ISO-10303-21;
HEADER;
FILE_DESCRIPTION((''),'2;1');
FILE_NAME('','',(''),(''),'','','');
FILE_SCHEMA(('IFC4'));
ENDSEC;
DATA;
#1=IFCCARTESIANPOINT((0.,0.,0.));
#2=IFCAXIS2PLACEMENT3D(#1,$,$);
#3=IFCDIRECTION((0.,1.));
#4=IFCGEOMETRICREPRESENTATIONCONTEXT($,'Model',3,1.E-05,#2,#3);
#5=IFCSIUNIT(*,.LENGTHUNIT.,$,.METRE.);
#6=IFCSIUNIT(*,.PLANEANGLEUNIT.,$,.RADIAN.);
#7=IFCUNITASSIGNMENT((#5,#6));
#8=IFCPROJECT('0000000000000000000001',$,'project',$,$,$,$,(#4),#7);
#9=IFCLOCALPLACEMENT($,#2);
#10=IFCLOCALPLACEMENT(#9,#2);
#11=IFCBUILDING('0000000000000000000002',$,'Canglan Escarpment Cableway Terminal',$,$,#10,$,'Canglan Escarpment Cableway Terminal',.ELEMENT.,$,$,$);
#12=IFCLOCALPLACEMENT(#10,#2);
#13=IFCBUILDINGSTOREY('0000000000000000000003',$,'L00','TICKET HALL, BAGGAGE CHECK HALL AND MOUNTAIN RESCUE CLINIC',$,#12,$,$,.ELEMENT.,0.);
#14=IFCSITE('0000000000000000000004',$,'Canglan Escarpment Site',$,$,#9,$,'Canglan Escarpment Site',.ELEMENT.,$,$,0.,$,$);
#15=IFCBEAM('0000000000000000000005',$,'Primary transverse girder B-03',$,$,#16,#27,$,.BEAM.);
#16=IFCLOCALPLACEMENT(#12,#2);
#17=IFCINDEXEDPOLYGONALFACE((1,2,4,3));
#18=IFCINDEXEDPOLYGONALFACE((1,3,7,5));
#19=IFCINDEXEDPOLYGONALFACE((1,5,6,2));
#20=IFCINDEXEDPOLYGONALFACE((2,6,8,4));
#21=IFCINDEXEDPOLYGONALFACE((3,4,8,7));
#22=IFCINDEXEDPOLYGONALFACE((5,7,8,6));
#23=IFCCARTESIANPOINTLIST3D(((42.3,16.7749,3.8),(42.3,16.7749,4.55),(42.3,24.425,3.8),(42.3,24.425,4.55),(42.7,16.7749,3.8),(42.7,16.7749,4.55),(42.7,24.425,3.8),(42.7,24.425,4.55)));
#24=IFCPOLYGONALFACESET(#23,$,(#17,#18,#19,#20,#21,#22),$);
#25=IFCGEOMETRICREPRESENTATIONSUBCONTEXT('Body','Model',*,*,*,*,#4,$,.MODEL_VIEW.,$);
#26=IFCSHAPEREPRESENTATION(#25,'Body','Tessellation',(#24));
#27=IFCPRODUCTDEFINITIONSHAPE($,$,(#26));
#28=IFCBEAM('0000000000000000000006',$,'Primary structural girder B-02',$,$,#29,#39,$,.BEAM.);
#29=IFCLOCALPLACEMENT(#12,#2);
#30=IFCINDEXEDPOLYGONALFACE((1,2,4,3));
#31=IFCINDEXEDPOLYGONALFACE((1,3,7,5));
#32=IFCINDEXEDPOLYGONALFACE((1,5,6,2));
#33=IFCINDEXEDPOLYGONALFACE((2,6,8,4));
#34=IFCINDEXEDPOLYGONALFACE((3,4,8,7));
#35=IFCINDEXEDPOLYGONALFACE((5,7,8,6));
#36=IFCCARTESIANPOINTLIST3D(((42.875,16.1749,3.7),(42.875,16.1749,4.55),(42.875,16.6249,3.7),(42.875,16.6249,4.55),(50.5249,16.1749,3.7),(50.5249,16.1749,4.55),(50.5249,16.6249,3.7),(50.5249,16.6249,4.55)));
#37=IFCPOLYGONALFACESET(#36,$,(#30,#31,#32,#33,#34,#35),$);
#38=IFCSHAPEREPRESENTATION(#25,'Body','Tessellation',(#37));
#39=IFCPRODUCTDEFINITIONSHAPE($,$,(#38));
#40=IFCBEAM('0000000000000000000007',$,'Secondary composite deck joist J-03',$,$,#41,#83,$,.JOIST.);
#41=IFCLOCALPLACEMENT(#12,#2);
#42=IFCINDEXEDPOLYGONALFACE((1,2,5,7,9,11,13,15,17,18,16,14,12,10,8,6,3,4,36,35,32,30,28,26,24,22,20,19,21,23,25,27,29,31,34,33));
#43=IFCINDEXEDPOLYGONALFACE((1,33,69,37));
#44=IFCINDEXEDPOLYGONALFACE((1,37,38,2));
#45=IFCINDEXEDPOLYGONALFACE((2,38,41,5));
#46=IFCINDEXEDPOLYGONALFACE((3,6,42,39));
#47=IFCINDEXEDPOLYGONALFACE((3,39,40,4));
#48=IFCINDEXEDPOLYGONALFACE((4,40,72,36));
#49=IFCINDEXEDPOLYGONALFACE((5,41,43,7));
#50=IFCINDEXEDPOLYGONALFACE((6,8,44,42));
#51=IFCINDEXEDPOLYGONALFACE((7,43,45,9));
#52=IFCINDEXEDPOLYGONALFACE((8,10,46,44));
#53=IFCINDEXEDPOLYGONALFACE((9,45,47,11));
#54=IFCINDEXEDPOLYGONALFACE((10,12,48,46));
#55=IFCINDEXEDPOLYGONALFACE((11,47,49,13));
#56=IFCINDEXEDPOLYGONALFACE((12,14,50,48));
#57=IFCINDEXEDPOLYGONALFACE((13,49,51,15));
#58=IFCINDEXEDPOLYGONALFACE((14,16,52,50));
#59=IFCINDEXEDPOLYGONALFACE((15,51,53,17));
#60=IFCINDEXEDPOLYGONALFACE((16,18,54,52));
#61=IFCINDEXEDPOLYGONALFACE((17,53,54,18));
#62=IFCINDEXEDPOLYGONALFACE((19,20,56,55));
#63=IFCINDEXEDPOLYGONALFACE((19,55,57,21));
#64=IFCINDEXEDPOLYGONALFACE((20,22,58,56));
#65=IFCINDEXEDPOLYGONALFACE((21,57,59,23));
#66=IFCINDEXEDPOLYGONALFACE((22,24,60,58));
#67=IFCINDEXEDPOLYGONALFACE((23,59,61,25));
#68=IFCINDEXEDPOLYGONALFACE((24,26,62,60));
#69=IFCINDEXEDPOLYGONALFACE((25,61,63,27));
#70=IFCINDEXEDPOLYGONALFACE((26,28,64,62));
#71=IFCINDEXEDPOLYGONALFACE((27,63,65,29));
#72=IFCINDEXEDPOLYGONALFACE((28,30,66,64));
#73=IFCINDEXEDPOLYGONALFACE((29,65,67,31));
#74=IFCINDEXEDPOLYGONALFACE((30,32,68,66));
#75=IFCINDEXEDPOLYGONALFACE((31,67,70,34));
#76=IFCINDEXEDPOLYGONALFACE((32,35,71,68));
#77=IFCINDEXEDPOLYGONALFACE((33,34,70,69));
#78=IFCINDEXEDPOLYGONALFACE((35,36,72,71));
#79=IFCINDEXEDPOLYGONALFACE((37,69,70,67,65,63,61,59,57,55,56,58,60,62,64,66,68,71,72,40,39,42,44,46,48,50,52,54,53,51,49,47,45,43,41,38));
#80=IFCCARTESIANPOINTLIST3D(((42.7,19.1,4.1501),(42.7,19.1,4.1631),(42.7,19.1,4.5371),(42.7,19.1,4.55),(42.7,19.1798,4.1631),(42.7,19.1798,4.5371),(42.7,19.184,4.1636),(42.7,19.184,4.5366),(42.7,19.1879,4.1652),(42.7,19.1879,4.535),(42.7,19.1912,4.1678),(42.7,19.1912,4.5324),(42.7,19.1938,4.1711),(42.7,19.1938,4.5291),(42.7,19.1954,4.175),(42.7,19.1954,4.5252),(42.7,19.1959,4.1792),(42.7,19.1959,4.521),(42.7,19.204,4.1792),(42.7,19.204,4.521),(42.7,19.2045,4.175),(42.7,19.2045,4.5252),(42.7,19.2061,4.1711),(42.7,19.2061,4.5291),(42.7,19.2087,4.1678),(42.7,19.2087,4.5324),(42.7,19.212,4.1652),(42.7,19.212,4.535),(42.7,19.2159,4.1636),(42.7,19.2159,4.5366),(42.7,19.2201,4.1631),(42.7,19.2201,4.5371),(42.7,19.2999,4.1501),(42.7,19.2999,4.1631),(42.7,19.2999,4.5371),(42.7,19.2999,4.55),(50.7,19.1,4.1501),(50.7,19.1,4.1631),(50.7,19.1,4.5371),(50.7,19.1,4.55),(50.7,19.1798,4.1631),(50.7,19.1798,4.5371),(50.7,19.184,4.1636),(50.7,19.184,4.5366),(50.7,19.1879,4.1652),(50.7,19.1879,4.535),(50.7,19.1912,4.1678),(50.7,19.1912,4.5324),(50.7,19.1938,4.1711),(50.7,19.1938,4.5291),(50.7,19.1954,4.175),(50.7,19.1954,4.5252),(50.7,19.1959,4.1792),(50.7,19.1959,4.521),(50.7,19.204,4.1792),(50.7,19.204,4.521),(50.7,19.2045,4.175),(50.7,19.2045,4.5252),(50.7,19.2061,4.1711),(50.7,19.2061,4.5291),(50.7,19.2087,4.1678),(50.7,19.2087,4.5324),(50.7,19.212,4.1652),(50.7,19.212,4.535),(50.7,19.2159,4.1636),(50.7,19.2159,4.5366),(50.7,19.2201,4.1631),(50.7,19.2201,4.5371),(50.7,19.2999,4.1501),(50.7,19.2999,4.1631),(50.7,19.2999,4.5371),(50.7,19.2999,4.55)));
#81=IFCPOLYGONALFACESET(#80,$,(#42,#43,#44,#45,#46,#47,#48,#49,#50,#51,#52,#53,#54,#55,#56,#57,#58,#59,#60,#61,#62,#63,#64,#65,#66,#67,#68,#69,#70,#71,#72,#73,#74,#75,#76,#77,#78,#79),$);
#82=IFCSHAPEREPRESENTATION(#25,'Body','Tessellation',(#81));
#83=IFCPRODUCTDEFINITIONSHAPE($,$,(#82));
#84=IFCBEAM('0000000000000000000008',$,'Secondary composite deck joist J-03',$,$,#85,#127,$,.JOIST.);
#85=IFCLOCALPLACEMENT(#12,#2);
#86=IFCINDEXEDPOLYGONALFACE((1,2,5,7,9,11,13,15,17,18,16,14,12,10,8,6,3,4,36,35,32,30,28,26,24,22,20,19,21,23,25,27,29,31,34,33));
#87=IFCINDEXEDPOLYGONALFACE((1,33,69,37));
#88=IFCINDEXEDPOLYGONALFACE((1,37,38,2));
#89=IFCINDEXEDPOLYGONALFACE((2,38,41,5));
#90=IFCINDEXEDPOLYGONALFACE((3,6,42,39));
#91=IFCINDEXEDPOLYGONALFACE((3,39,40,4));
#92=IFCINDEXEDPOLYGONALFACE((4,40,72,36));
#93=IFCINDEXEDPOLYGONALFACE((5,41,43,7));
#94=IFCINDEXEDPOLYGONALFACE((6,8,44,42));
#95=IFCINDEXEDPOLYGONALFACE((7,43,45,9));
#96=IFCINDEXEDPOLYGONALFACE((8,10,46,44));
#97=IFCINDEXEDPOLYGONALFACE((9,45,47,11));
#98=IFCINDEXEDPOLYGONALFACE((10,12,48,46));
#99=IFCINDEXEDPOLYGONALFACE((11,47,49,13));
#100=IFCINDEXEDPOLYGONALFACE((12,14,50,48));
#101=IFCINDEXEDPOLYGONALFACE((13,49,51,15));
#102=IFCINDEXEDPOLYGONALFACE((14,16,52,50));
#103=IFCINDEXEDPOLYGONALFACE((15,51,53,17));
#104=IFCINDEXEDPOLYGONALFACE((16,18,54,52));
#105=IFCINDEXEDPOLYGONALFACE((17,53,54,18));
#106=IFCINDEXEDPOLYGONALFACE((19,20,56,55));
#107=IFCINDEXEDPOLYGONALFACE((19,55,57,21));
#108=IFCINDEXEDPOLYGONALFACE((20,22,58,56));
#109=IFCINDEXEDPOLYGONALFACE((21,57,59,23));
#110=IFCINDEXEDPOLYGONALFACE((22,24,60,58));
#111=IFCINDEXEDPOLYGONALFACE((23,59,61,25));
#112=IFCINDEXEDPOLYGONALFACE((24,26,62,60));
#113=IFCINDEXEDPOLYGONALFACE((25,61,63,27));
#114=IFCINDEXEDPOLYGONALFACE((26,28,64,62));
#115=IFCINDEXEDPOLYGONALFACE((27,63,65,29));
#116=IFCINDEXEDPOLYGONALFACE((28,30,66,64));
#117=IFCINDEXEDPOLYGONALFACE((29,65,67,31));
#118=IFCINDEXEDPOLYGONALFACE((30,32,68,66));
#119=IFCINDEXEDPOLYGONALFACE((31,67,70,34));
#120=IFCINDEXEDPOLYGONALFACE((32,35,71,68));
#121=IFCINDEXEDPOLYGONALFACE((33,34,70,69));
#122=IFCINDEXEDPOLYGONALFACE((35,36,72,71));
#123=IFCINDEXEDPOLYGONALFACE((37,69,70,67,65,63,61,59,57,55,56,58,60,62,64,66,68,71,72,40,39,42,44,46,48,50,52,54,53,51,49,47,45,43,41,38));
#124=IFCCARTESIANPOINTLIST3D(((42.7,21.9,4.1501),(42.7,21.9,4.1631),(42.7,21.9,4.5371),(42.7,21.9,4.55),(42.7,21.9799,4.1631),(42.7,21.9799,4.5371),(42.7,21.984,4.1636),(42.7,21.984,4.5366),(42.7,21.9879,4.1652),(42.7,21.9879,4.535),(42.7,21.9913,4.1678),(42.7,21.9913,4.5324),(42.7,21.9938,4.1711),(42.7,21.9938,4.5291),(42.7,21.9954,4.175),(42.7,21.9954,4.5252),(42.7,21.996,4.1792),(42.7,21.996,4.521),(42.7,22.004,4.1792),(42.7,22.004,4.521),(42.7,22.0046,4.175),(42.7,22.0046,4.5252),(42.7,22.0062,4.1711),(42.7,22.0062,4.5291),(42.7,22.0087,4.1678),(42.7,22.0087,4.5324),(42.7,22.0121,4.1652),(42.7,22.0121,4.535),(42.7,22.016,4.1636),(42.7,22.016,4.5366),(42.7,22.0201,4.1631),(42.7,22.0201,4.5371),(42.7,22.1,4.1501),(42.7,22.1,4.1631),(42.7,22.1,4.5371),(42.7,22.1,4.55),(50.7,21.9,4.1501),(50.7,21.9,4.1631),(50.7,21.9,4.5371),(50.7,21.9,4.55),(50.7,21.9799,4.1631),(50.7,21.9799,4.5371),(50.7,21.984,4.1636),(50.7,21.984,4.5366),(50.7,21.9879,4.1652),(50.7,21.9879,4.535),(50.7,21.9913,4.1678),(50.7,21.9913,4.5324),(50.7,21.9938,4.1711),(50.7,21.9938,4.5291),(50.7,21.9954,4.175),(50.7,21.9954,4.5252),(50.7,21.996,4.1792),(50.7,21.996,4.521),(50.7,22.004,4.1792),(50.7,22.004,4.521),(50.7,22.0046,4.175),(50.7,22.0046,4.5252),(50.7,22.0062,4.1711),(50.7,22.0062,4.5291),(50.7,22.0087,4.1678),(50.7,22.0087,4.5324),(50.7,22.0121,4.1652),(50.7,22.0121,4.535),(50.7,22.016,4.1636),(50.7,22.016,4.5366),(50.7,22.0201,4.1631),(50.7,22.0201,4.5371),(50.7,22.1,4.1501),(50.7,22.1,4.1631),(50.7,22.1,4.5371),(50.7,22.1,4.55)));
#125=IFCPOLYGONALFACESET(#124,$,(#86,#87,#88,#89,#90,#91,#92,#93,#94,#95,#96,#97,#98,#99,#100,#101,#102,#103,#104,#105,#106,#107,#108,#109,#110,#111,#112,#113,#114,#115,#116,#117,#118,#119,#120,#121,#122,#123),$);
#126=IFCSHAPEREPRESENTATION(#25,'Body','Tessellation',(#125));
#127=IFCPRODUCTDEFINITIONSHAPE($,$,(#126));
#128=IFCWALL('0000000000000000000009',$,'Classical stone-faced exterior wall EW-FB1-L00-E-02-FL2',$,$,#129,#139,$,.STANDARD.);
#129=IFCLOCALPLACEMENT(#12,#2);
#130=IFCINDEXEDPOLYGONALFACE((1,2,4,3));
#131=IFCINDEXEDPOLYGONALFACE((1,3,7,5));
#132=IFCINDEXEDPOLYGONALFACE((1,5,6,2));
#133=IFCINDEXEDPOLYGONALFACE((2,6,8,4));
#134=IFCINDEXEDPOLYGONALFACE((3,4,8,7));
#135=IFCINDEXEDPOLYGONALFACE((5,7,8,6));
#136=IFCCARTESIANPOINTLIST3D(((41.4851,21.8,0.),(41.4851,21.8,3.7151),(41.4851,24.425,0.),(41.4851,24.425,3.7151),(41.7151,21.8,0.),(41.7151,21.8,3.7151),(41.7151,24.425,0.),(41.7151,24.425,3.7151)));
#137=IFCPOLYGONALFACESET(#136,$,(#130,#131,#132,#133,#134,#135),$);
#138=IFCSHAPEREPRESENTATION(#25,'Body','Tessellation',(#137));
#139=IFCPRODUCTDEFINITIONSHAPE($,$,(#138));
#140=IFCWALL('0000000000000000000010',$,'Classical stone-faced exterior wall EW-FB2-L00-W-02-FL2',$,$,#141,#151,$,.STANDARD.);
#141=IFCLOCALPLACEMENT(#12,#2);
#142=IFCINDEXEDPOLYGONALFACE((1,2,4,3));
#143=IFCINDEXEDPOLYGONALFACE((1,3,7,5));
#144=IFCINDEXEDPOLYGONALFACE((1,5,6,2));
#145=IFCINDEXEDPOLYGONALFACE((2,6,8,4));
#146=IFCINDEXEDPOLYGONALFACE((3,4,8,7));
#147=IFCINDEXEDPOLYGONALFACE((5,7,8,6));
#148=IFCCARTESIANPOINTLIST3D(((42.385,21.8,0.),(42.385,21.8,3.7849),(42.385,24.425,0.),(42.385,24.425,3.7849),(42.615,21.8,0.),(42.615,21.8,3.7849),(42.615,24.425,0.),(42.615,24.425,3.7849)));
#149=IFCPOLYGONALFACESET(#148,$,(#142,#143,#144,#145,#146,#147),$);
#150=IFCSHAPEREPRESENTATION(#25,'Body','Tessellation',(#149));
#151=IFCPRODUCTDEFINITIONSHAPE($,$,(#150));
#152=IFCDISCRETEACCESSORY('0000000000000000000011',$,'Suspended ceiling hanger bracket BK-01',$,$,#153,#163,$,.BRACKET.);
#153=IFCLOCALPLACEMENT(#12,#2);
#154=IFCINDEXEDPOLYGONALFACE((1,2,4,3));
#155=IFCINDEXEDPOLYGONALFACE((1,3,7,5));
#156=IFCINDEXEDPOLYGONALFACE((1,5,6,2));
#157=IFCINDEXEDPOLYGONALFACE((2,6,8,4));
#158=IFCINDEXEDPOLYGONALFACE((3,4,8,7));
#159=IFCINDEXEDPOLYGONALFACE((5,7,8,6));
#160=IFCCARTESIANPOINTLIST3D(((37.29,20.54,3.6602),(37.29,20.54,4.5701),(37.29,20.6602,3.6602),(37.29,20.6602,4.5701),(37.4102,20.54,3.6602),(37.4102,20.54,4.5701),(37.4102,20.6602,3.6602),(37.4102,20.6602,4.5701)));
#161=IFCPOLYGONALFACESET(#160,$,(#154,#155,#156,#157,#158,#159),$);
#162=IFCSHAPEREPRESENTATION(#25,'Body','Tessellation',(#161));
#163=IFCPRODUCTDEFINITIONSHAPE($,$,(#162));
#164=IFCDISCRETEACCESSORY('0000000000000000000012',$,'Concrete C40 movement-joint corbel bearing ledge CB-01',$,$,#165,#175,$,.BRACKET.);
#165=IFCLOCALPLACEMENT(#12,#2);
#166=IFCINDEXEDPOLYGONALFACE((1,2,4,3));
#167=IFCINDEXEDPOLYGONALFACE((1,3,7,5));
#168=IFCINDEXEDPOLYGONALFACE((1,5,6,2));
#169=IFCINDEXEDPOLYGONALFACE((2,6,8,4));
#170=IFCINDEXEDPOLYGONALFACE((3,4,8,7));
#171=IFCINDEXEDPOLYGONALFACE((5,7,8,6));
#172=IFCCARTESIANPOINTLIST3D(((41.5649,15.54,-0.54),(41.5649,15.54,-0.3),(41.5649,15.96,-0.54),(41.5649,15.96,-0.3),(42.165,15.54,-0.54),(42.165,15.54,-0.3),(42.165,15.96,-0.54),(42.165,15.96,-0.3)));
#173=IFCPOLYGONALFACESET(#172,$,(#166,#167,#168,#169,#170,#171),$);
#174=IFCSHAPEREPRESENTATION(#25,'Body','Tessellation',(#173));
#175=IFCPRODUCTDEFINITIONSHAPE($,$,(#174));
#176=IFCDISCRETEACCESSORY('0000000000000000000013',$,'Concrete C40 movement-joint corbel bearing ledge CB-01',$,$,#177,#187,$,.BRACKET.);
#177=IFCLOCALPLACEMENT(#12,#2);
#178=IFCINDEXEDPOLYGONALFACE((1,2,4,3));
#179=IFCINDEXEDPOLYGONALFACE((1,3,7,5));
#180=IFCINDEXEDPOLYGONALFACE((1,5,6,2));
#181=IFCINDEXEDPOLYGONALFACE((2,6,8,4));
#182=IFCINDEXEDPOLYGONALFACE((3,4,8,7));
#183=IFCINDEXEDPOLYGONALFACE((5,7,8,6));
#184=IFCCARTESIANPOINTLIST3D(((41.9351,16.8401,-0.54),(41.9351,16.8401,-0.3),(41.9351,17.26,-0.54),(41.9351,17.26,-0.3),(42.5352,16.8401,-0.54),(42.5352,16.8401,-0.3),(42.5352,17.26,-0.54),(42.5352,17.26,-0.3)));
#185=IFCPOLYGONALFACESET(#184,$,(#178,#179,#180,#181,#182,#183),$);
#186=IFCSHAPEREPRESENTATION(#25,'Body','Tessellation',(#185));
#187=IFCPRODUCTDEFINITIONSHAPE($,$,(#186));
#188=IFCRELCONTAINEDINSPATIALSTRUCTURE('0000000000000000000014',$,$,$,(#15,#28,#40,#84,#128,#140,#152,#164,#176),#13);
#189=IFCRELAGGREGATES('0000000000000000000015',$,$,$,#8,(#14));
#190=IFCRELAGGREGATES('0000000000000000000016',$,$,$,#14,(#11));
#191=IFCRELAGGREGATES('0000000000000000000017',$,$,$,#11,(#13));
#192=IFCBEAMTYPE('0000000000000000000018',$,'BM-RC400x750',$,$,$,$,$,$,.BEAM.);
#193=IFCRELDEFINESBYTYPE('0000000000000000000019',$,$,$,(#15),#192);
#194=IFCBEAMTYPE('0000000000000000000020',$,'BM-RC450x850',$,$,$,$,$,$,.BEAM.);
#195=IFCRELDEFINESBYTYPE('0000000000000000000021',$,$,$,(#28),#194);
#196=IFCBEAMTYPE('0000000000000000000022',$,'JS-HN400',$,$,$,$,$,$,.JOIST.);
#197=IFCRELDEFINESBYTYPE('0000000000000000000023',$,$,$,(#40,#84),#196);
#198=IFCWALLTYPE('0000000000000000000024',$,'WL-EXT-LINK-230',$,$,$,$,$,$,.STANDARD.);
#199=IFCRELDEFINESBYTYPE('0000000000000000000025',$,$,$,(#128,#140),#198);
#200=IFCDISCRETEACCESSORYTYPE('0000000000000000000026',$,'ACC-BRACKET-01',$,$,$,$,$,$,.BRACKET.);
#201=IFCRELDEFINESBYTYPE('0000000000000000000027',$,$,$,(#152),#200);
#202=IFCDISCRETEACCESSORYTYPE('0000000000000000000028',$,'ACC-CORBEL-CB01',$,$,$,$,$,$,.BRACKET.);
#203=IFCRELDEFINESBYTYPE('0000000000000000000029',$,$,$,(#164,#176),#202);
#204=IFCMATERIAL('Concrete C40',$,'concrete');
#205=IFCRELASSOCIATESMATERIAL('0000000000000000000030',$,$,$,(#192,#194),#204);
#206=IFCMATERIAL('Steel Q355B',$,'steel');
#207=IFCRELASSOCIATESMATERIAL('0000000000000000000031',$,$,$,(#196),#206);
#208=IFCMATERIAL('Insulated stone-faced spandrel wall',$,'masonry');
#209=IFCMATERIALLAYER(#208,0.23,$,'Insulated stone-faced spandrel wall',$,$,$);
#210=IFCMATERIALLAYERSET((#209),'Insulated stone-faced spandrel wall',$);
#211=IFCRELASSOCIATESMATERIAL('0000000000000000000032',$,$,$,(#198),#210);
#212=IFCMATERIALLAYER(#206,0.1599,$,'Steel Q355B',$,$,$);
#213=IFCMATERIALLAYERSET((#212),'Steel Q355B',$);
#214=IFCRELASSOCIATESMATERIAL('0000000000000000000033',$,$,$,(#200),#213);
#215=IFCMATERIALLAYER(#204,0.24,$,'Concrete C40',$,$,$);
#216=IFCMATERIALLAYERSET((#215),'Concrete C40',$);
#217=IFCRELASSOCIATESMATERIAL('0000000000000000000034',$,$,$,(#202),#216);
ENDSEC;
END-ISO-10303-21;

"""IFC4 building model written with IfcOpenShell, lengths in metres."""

from ifc_helpers import new_model, si_unit, direction, frame, frame_2d, origin, origin_2d, place, context, subcontext, project, spatial, rectangle, i_section, extrude, material, layer, layer_set, material_profile, profile_set, type_object, element, save


model = new_model("IFC4")

# Units and contexts
model_context = context("Model", 3, precision=1e-05, world=origin(), true_north=direction((0.0, 1.0)))
body_context = subcontext(model_context, "Body", "Model", "MODEL_VIEW")
ifc_project = project(units=[si_unit("LENGTHUNIT", "METRE"), si_unit("PLANEANGLEUNIT", "RADIAN")], contexts=[model_context])

# Site, building, storey
site_placement = place(None, origin())
site = spatial("IfcSite", under=ifc_project, at=site_placement, Name="Canglan Escarpment Site", LongName="Canglan Escarpment Site", CompositionType="ELEMENT", RefElevation=0.0)
building_placement = place(site_placement, origin())
building = spatial("IfcBuilding", under=site, at=building_placement, Name="Canglan Escarpment Cableway Terminal", LongName="Canglan Escarpment Cableway Terminal", CompositionType="ELEMENT")
storey_placement = place(building_placement, origin())
storey = spatial("IfcBuildingStorey", under=building, at=storey_placement, Name="L00", Description="TICKET HALL, BAGGAGE CHECK HALL AND MOUNTAIN RESCUE CLINIC", CompositionType="ELEMENT", Elevation=0.0)

# Shared definitions
ifc_material_1 = material(Name="Concrete C40", Category="concrete")

# Beams
ifc_material_profile_1 = material_profile(ifc_material_1, rectangle(XDim=0.3999, YDim=0.75, at=origin_2d()), Name="RC 400x750")
ifc_profile_set_1 = profile_set([ifc_material_profile_1], Name="Concrete C40")
beam_type_1 = type_object("IfcBeamType", Name="BM-RC400x750", PredefinedType="BEAM", material=ifc_profile_set_1)
for number, where, z_axis, x_axis, name in (
    (1, (42.5, 16.7749, 4.175), (0.0, 1.0, 0.0), (-1.0, 0.0, 0.0), "Primary transverse girder B-03"),
):
    element("IfcBeam", number, at=place(storey_placement, frame(where, z_axis=z_axis, x_axis=x_axis)), inside=storey, type_object=beam_type_1, Name=name, PredefinedType="BEAM", context=body_context, shape_type="SweptSolid", body=[
        extrude(rectangle(XDim=0.3999, YDim=0.75, at=origin_2d()), origin(), (0.0, 0.0, 1.0), 7.6501),
    ])
ifc_material_profile_2 = material_profile(ifc_material_1, rectangle(XDim=0.45, YDim=0.8501, at=origin_2d()), Name="RC 450x850")
ifc_profile_set_2 = profile_set([ifc_material_profile_2], Name="Concrete C40")
beam_type_2 = type_object("IfcBeamType", Name="BM-RC450x850", PredefinedType="BEAM", material=ifc_profile_set_2)
beam_placement = place(storey_placement, frame((42.875, 16.3999, 4.125), z_axis=(1.0, 0.0, 0.0), x_axis=(0.0, 1.0, 0.0)))
element("IfcBeam", 2, at=beam_placement, inside=storey, type_object=beam_type_2, Name="Primary structural girder B-02", PredefinedType="BEAM", context=body_context, shape_type="SweptSolid", body=[
    extrude(rectangle(XDim=0.45, YDim=0.8501, at=origin_2d()), origin(), (0.0, 0.0, 1.0), 7.6499),
])
ifc_material_2 = material(Name="Steel Q355B", Category="steel")
ifc_material_profile_3 = material_profile(ifc_material_2, i_section(OverallWidth=0.2, OverallDepth=0.3999, WebThickness=0.0081, FlangeThickness=0.0129, FilletRadius=0.0161, at=origin_2d()), Name="HN 400x200x8x13")
ifc_profile_set_3 = profile_set([ifc_material_profile_3], Name="Steel Q355B")
beam_type_3 = type_object("IfcBeamType", Name="JS-HN400", PredefinedType="JOIST", material=ifc_profile_set_3)
for number, where, z_axis, x_axis, name in (
    (3, (42.7, 19.2, 4.3501), (1.0, 0.0, 0.0), (0.0, 1.0, 0.0), "Secondary composite deck joist J-03"),
    (4, (42.7, 22.0, 4.3501), (1.0, 0.0, 0.0), (0.0, 1.0, 0.0), "Secondary composite deck joist J-03"),
):
    element("IfcBeam", number, at=place(storey_placement, frame(where, z_axis=z_axis, x_axis=x_axis)), inside=storey, type_object=beam_type_3, Name=name, PredefinedType="JOIST", context=body_context, shape_type="SweptSolid", body=[
        extrude(i_section(OverallWidth=0.2, OverallDepth=0.3999, WebThickness=0.0081, FlangeThickness=0.0129, FilletRadius=0.0161, at=origin_2d()), origin(), (0.0, 0.0, 1.0), 8.0),
    ])

# Walls
ifc_material_3 = material(Name="Insulated stone-faced spandrel wall", Category="masonry")
ifc_layer_1 = layer(ifc_material_3, 0.23, Name="Insulated stone-faced spandrel wall")
ifc_layer_set_1 = layer_set([ifc_layer_1], Name="Insulated stone-faced spandrel wall")
wall_type_1 = type_object("IfcWallType", Name="WL-EXT-LINK-230", PredefinedType="STANDARD", material=ifc_layer_set_1)
wall_1_placement = place(storey_placement, frame((41.6001, 21.8, 0.0), z_axis=(0.0, 0.0, 1.0), x_axis=(0.0, 1.0, 0.0)))
element("IfcWall", 5, at=wall_1_placement, inside=storey, type_object=wall_type_1, Name="Classical stone-faced exterior wall EW-FB1-L00-E-02-FL2", PredefinedType="STANDARD", context=body_context, shape_type="SweptSolid", body=[
    extrude(rectangle(XDim=2.625, YDim=0.23, at=frame_2d((1.3125, 0.0))), origin(), (0.0, 0.0, 1.0), 3.7151),
])
wall_2_placement = place(storey_placement, frame((42.5, 21.8, 0.0), z_axis=(0.0, 0.0, 1.0), x_axis=(0.0, 1.0, 0.0)))
element("IfcWall", 6, at=wall_2_placement, inside=storey, type_object=wall_type_1, Name="Classical stone-faced exterior wall EW-FB2-L00-W-02-FL2", PredefinedType="STANDARD", context=body_context, shape_type="SweptSolid", body=[
    extrude(rectangle(XDim=2.625, YDim=0.23, at=frame_2d((1.3125, 0.0))), origin(), (0.0, 0.0, 1.0), 3.7849),
])

# Discrete accessories
ifc_layer_2 = layer(ifc_material_2, 0.1599, Name="Steel Q355B")
ifc_layer_set_2 = layer_set([ifc_layer_2], Name="Steel Q355B")
discrete_accessory_type_1 = type_object("IfcDiscreteAccessoryType", Name="ACC-BRACKET-01", PredefinedType="BRACKET", material=ifc_layer_set_2)
discrete_accessory_placement = place(storey_placement, frame((37.3501, 20.6001, 3.6602), z_axis=(0.0, 0.0, 1.0), x_axis=(1.0, 0.0, 0.0)))
element("IfcDiscreteAccessory", 7, at=discrete_accessory_placement, inside=storey, type_object=discrete_accessory_type_1, Name="Suspended ceiling hanger bracket BK-01", PredefinedType="BRACKET", context=body_context, shape_type="SweptSolid", body=[
    extrude(rectangle(XDim=0.1201, YDim=0.1201, at=origin_2d()), origin(), (0.0, 0.0, 1.0), 0.9099),
])
ifc_layer_3 = layer(ifc_material_1, 0.24, Name="Concrete C40")
ifc_layer_set_3 = layer_set([ifc_layer_3], Name="Concrete C40")
discrete_accessory_type_2 = type_object("IfcDiscreteAccessoryType", Name="ACC-CORBEL-CB01", PredefinedType="BRACKET", material=ifc_layer_set_3)
for number, where, z_axis, x_axis, name in (
    (8, (41.865, 15.75, -0.54), (0.0, 0.0, 1.0), (1.0, 0.0, 0.0), "Concrete C40 movement-joint corbel bearing ledge CB-01"),
    (9, (42.2351, 17.05, -0.54), (0.0, 0.0, 1.0), (1.0, 0.0, 0.0), "Concrete C40 movement-joint corbel bearing ledge CB-01"),
):
    element("IfcDiscreteAccessory", number, at=place(storey_placement, frame(where, z_axis=z_axis, x_axis=x_axis)), inside=storey, type_object=discrete_accessory_type_2, Name=name, PredefinedType="BRACKET", context=body_context, shape_type="SweptSolid", body=[
        extrude(rectangle(XDim=0.6001, YDim=0.4199, at=origin_2d()), origin(), (0.0, 0.0, 1.0), 0.24),
    ])

save(model, "model.ifc")
